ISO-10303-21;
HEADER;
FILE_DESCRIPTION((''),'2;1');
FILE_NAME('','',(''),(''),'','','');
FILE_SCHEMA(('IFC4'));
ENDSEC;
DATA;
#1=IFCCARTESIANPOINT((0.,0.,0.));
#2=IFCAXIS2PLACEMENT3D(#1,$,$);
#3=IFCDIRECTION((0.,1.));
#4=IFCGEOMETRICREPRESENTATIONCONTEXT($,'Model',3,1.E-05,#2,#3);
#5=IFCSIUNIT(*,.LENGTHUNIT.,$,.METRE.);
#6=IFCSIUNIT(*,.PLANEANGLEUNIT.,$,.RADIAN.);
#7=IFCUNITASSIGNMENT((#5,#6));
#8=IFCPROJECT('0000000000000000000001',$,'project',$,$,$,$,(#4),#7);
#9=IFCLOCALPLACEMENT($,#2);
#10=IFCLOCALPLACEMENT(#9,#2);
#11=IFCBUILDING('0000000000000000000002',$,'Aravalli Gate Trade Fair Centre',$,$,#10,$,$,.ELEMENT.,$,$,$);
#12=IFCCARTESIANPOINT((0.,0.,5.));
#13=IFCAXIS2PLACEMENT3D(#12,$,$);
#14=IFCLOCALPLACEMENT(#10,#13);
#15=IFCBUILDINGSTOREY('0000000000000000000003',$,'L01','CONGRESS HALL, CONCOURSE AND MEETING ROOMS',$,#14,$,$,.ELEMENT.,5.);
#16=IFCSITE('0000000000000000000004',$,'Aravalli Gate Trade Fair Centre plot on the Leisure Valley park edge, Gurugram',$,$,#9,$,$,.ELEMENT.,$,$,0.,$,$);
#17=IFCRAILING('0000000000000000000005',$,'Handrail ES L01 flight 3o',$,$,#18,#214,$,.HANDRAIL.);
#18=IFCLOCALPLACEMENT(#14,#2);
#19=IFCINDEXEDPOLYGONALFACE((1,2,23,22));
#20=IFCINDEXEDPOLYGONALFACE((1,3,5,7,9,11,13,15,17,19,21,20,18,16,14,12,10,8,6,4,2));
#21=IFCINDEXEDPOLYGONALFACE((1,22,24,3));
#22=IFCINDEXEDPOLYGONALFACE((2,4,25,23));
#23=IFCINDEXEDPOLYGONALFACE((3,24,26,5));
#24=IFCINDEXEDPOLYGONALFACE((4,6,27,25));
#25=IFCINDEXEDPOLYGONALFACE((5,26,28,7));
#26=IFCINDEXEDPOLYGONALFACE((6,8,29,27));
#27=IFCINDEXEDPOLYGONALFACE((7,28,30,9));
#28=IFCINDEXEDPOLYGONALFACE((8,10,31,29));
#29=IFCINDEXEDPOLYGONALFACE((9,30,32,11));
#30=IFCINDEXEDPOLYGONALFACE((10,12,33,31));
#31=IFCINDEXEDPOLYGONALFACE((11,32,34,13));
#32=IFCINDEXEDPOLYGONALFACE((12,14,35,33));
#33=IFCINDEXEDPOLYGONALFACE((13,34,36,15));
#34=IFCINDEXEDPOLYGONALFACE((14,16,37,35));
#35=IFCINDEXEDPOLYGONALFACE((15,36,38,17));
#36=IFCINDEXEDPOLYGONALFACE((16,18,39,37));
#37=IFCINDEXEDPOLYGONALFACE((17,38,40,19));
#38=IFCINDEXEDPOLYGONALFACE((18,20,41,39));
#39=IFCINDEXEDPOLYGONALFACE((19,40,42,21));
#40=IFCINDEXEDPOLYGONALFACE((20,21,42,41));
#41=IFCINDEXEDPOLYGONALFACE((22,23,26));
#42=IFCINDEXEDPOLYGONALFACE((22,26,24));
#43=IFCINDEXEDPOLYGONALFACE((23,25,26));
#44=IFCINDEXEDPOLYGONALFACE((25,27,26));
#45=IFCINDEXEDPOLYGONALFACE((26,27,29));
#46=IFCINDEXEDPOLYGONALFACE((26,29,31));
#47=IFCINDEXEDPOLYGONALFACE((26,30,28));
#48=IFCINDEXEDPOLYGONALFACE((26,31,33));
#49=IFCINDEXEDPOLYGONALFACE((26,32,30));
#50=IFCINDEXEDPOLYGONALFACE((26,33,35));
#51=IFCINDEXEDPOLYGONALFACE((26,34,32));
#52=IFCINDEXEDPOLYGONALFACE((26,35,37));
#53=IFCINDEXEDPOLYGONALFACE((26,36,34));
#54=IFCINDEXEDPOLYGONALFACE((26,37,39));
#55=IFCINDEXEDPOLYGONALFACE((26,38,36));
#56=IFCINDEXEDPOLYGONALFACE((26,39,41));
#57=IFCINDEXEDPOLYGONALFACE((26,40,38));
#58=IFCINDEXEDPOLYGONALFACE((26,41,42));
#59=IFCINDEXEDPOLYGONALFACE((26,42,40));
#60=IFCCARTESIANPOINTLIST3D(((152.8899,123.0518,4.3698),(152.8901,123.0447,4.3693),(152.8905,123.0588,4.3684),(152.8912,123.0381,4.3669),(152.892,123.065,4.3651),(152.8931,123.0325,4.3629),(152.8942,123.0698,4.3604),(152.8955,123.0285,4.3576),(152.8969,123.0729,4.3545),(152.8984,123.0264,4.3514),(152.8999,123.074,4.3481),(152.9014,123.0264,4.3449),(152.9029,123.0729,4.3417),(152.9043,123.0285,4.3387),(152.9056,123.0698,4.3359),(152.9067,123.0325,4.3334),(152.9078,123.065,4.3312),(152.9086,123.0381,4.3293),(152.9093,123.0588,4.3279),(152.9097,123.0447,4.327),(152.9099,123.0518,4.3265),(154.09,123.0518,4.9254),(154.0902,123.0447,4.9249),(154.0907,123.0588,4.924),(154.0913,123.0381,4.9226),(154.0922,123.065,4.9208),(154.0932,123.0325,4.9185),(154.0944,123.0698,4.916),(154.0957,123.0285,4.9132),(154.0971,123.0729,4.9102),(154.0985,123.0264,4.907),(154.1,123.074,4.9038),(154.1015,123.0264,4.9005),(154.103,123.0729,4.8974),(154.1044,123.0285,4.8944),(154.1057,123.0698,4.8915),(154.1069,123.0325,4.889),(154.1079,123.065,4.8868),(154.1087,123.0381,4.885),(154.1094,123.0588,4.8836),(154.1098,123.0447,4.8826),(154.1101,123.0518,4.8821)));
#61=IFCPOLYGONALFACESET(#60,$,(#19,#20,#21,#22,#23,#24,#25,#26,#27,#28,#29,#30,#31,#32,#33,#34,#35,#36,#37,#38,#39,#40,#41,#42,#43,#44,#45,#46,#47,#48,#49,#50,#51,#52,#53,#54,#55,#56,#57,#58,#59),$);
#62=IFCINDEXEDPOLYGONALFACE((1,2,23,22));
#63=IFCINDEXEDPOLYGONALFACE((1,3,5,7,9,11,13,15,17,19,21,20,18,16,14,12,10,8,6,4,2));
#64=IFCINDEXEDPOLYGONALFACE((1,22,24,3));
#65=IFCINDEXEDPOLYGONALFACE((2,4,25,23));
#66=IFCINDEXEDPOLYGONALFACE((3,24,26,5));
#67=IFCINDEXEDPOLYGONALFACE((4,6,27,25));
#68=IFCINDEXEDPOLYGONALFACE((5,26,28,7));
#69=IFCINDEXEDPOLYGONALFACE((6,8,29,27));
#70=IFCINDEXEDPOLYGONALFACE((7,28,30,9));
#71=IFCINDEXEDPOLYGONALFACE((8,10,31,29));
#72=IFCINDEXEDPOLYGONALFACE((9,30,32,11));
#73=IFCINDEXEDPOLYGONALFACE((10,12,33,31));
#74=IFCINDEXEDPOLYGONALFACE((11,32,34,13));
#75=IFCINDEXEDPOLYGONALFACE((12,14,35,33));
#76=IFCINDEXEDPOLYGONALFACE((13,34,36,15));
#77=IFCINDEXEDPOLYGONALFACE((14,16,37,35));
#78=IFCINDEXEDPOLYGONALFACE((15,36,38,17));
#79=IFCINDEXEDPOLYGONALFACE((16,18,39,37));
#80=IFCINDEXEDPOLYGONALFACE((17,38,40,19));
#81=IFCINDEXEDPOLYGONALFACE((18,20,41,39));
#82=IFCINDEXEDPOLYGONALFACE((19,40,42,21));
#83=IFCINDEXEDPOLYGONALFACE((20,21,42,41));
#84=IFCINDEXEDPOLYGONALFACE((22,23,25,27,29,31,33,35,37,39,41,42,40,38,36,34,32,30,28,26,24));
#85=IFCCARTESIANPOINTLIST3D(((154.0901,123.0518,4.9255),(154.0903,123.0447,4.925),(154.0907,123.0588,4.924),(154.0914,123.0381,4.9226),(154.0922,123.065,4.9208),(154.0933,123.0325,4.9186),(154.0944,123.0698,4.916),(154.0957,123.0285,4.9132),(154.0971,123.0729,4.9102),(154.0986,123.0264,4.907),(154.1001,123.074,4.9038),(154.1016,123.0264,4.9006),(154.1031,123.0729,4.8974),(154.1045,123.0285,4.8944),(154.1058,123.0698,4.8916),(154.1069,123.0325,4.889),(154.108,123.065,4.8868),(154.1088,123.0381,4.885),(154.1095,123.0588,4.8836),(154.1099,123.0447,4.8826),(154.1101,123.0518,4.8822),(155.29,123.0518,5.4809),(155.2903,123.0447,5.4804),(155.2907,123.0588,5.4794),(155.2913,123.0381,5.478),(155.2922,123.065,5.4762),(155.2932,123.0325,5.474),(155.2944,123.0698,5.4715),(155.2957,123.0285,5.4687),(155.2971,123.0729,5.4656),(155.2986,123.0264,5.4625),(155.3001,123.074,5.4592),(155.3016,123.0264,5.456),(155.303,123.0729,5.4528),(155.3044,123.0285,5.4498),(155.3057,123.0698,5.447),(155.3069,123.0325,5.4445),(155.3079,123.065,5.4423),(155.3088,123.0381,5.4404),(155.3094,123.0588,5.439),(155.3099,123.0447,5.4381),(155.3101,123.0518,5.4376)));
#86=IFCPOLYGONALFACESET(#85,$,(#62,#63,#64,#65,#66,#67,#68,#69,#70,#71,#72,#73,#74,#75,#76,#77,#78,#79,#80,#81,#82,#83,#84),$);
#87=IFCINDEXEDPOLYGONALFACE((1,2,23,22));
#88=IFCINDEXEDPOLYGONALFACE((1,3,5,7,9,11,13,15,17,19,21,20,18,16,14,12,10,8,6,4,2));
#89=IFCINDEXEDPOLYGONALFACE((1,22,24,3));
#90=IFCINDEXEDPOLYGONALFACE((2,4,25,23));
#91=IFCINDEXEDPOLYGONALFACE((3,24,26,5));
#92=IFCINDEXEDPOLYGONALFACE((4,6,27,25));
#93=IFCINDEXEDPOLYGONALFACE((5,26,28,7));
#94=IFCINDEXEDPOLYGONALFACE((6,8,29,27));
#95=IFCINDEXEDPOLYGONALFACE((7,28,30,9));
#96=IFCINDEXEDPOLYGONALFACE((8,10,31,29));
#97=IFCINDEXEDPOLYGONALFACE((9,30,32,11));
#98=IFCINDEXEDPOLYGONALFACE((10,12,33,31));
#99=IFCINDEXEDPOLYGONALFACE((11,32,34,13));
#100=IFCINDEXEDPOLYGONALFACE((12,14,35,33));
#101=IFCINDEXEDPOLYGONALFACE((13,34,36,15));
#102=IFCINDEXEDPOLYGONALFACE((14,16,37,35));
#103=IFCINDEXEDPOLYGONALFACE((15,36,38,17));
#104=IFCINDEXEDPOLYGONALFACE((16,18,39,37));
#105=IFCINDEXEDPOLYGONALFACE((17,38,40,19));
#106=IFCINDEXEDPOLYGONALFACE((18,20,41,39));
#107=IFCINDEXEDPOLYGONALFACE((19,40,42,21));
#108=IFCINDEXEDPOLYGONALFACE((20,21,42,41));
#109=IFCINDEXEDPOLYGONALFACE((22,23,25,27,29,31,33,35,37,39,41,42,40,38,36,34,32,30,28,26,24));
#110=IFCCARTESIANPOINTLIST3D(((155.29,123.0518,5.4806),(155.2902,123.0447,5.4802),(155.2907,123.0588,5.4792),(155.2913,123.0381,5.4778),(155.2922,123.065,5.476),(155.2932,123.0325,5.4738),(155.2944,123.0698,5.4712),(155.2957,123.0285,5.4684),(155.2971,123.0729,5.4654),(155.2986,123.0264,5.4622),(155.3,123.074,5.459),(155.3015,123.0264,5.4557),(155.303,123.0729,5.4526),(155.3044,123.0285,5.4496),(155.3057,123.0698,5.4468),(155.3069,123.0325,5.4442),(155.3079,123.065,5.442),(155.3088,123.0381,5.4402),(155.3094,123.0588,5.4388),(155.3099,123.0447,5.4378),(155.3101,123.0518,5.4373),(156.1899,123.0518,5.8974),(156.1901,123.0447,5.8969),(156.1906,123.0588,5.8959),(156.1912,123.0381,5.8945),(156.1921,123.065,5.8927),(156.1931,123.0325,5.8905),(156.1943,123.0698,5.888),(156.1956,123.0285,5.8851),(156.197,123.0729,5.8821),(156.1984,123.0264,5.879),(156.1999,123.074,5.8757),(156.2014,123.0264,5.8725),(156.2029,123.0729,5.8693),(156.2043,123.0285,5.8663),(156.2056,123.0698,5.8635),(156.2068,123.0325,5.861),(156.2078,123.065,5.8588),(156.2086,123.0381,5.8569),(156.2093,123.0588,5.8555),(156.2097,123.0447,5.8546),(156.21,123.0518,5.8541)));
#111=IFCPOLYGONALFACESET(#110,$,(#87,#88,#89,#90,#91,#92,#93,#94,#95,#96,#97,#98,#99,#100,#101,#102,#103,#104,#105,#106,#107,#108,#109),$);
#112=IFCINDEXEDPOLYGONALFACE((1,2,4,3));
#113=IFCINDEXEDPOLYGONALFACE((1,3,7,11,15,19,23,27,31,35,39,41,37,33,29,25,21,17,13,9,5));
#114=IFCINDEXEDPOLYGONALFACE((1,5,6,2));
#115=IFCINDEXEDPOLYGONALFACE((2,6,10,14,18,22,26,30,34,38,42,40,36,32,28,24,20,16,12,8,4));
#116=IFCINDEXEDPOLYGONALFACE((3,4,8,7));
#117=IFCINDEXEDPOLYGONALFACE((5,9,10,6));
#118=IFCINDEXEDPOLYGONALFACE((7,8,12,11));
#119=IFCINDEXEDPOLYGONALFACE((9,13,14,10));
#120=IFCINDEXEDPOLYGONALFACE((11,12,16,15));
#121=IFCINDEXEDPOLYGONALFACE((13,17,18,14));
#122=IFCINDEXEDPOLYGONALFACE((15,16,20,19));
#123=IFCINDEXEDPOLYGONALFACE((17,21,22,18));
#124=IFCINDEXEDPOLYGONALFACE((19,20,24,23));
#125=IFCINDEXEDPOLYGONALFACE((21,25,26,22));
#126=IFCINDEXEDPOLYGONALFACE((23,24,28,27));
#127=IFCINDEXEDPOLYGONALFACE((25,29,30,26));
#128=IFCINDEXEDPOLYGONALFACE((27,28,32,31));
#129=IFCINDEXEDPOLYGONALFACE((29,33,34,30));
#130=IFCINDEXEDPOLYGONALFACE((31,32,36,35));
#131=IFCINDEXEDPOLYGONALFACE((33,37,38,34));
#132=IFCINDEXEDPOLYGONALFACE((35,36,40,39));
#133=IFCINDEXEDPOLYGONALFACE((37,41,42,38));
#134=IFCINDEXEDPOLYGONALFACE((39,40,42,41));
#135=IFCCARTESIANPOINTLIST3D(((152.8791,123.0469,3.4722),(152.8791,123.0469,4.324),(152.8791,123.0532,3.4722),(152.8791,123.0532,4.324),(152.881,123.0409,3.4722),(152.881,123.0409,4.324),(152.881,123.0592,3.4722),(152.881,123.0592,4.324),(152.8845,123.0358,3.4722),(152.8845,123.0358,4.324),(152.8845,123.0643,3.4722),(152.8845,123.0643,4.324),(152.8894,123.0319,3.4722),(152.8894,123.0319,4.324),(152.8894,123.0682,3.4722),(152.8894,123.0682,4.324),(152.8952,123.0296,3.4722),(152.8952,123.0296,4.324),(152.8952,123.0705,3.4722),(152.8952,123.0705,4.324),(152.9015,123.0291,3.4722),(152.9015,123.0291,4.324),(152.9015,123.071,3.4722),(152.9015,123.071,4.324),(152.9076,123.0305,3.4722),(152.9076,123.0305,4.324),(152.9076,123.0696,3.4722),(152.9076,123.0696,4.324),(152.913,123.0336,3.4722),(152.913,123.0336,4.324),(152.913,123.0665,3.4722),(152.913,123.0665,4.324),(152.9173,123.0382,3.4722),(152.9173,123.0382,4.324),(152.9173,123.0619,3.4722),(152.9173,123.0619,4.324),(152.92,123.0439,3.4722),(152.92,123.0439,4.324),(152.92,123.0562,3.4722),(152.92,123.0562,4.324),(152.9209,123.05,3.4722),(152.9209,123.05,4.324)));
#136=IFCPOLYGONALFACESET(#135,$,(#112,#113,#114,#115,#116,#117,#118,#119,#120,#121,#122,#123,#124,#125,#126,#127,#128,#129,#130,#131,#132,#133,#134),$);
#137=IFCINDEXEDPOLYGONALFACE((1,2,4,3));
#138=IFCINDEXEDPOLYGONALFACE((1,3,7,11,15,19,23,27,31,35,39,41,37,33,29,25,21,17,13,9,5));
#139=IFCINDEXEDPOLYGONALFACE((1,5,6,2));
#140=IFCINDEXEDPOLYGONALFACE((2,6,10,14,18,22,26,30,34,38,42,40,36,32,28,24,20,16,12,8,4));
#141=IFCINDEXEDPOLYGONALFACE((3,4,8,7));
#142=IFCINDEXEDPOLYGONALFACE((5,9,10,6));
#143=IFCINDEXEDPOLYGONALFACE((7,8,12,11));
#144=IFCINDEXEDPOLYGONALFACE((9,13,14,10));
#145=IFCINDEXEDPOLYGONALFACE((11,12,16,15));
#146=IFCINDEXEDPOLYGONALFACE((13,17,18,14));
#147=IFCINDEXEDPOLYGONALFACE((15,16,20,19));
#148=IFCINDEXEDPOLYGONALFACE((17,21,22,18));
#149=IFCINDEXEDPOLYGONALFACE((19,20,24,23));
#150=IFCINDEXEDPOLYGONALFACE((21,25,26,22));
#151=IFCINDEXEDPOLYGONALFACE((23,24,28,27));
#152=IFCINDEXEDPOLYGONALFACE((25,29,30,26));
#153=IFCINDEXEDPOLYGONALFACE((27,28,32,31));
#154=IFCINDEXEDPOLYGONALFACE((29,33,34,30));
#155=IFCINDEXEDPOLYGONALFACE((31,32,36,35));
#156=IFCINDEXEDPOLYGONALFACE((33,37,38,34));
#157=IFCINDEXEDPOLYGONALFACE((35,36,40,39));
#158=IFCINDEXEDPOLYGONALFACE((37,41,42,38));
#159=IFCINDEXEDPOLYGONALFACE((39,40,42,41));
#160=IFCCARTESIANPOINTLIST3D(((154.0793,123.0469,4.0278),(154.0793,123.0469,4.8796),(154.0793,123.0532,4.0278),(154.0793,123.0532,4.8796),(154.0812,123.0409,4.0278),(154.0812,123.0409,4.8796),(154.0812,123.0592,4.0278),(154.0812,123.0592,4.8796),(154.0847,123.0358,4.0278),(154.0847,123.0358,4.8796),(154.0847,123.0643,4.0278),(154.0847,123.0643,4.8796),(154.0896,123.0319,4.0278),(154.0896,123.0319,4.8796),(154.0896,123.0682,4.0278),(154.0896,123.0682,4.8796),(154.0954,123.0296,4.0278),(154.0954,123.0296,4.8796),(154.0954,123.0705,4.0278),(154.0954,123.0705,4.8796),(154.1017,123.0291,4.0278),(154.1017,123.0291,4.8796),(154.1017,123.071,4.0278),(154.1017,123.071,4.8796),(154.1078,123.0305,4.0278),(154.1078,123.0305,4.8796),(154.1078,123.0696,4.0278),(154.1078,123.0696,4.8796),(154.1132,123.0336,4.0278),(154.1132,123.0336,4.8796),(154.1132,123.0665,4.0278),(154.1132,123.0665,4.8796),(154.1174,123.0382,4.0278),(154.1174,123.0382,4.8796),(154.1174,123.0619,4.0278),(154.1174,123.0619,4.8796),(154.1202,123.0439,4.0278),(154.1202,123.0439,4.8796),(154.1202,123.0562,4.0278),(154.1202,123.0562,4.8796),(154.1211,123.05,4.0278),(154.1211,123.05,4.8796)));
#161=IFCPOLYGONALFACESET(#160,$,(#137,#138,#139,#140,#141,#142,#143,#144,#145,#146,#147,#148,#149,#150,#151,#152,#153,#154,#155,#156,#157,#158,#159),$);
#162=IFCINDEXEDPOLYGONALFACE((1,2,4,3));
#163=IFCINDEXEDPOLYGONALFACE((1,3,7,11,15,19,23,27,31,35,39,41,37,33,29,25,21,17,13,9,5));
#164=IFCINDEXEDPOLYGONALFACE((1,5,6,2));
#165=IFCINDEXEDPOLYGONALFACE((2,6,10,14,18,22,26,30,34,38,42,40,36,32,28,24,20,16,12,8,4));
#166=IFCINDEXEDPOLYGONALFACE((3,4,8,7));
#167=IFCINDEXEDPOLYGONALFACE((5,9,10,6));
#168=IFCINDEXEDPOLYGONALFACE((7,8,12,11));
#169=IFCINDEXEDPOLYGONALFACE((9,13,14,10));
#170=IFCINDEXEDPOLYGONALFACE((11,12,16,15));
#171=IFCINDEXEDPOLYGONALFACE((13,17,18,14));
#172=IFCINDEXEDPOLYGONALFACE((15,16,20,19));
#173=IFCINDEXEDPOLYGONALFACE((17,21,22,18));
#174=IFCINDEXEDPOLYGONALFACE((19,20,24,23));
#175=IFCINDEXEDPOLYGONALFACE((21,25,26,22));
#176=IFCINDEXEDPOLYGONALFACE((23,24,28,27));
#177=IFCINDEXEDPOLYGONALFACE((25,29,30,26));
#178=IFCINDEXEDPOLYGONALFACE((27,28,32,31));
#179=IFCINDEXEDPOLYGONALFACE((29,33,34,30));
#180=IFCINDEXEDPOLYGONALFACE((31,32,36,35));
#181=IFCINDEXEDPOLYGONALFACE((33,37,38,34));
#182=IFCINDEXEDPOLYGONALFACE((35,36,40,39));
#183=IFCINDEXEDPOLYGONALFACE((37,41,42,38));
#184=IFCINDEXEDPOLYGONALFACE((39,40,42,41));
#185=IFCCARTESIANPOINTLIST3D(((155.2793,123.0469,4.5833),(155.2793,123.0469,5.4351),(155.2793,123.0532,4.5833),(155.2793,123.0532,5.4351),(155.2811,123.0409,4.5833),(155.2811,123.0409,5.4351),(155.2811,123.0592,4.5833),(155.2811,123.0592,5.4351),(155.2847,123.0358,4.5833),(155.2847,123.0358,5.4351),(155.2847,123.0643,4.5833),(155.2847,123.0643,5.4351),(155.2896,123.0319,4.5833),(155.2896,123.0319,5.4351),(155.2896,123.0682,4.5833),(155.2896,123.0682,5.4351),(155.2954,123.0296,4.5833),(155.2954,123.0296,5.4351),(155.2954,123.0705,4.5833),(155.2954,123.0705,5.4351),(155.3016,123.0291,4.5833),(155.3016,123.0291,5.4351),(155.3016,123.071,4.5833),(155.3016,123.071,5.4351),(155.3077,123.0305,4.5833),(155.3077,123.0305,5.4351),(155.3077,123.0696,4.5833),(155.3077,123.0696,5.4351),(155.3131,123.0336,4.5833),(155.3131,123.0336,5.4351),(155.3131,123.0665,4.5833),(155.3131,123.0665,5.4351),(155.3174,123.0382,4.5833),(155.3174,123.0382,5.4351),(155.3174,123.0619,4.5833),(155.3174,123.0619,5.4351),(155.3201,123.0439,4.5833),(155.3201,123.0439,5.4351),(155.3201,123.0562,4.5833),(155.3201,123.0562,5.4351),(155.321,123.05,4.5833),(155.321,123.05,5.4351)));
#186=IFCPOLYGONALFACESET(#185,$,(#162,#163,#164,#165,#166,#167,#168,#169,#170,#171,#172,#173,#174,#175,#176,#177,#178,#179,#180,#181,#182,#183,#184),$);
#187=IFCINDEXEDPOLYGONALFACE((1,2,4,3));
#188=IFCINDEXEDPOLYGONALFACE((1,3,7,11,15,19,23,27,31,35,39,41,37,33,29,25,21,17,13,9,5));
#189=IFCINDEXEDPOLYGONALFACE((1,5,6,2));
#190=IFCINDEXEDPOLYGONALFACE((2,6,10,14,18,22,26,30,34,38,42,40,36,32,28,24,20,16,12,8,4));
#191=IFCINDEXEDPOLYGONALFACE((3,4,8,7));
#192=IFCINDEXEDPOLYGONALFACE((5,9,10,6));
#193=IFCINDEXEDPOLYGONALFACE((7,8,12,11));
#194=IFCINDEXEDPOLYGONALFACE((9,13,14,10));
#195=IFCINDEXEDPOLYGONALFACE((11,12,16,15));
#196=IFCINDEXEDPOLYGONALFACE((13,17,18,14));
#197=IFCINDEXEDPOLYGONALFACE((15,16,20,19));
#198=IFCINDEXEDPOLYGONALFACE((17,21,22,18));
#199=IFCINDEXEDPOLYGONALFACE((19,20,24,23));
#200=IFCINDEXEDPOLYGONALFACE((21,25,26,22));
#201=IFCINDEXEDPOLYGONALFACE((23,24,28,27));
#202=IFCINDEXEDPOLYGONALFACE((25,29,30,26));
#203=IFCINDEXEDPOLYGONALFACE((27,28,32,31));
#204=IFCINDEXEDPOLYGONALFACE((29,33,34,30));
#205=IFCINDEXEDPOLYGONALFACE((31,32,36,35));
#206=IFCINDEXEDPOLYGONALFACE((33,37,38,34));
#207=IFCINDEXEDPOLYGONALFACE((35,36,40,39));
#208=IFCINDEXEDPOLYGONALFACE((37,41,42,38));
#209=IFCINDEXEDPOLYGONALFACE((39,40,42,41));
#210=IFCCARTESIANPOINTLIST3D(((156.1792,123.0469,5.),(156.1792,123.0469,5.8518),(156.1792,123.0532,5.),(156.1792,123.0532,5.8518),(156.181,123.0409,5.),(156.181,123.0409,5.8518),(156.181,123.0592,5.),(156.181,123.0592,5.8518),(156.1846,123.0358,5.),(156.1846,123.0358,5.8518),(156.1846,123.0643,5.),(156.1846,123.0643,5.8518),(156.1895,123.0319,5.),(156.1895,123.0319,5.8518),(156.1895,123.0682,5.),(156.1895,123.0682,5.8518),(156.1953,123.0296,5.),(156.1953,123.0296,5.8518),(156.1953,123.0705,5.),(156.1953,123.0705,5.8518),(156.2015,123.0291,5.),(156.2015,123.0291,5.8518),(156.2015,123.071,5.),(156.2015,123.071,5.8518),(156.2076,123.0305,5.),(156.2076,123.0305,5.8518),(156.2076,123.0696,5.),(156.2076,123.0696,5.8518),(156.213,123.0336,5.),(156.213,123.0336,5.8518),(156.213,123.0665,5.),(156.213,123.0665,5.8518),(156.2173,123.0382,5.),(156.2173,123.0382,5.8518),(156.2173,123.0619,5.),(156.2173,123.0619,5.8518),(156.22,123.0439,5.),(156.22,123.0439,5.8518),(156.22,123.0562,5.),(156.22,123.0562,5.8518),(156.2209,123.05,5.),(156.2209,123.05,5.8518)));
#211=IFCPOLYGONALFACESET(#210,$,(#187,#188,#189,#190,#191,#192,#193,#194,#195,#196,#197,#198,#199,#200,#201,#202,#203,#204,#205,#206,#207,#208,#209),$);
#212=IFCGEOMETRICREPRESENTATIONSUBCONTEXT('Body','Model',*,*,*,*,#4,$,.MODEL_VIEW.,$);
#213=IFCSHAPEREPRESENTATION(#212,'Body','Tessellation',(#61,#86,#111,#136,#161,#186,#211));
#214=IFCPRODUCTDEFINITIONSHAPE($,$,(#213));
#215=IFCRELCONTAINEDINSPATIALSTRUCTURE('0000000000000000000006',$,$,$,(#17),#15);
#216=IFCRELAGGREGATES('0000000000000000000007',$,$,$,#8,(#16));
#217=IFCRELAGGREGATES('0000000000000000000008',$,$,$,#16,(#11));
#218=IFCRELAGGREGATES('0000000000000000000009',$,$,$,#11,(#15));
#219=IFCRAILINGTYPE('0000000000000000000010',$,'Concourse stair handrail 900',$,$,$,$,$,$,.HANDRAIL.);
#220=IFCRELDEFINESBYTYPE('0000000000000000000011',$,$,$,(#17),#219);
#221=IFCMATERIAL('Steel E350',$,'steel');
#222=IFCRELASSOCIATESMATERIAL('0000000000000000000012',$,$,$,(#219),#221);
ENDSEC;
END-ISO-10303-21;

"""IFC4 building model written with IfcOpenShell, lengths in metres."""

from ifc_helpers import new_model, si_unit, direction, frame, origin, origin_2d, place, context, subcontext, project, spatial, circle, extrude, material, type_object, element, save


model = new_model("IFC4")

# Units and contexts
model_context = context("Model", 3, precision=1e-05, world=origin(), true_north=direction((0.0, 1.0)))
body_context = subcontext(model_context, "Body", "Model", "MODEL_VIEW")
ifc_project = project(units=[si_unit("LENGTHUNIT", "METRE"), si_unit("PLANEANGLEUNIT", "RADIAN")], contexts=[model_context])

# Site, building, storey
site_placement = place(None, origin())
site = spatial("IfcSite", under=ifc_project, at=site_placement, Name="Aravalli Gate Trade Fair Centre plot on the Leisure Valley park edge, Gurugram", CompositionType="ELEMENT", RefElevation=0.0)
building_placement = place(site_placement, origin())
building = spatial("IfcBuilding", under=site, at=building_placement, Name="Aravalli Gate Trade Fair Centre", CompositionType="ELEMENT")
storey_placement = place(building_placement, frame((0.0, 0.0, 5.0)))
storey = spatial("IfcBuildingStorey", under=building, at=storey_placement, Name="L01", Description="CONGRESS HALL, CONCOURSE AND MEETING ROOMS", CompositionType="ELEMENT", Elevation=5.0)

# Shared definitions
ifc_material_1 = material(Name="Steel E350", Category="steel")

# Railing
railing_type = type_object("IfcRailingType", Name="Concourse stair handrail 900", PredefinedType="HANDRAIL", material=ifc_material_1)
railing_1_placement = place(storey_placement, frame((152.8999, 123.05, 3.4722)))
element("IfcRailing", 1, at=railing_1_placement, inside=storey, type_object=railing_type, Name="Handrail ES L01 flight 3o", PredefinedType="HANDRAIL", context=body_context, shape_type="SweptSolid", body=[
    extrude(circle(Radius=0.0239, at=origin_2d()), frame((0.0, 0.0, 0.876), z_axis=(0.907462, 0.0, 0.420135), x_axis=(0.0, 1.0, 0.0)), (0.0, 0.0, 1.0), 1.3225),
    extrude(circle(Radius=0.0239, at=origin_2d()), frame((1.2002, 0.0, 1.4316), z_axis=(0.907499, 0.0, 0.420053), x_axis=(0.0, 1.0, 0.0)), (0.0, 0.0, 1.0), 1.3223),
    extrude(circle(Radius=0.0239, at=origin_2d()), frame((2.4001, 0.0, 1.9868), z_axis=(0.907418, 0.0, 0.420229), x_axis=(0.0, 1.0, 0.0)), (0.0, 0.0, 1.0), 0.9917),
    extrude(circle(Radius=0.021, at=origin_2d()), origin(), (0.0, 0.0, 1.0), 0.8518),
    extrude(circle(Radius=0.021, at=origin_2d()), frame((1.2002, 0.0, 0.5557)), (0.0, 0.0, 1.0), 0.8518),
    extrude(circle(Radius=0.021, at=origin_2d()), frame((2.4001, 0.0, 1.1111)), (0.0, 0.0, 1.0), 0.8518),
    extrude(circle(Radius=0.021, at=origin_2d()), frame((3.3, 0.0, 1.5278)), (0.0, 0.0, 1.0), 0.8518),
])

save(model, "model.ifc")
